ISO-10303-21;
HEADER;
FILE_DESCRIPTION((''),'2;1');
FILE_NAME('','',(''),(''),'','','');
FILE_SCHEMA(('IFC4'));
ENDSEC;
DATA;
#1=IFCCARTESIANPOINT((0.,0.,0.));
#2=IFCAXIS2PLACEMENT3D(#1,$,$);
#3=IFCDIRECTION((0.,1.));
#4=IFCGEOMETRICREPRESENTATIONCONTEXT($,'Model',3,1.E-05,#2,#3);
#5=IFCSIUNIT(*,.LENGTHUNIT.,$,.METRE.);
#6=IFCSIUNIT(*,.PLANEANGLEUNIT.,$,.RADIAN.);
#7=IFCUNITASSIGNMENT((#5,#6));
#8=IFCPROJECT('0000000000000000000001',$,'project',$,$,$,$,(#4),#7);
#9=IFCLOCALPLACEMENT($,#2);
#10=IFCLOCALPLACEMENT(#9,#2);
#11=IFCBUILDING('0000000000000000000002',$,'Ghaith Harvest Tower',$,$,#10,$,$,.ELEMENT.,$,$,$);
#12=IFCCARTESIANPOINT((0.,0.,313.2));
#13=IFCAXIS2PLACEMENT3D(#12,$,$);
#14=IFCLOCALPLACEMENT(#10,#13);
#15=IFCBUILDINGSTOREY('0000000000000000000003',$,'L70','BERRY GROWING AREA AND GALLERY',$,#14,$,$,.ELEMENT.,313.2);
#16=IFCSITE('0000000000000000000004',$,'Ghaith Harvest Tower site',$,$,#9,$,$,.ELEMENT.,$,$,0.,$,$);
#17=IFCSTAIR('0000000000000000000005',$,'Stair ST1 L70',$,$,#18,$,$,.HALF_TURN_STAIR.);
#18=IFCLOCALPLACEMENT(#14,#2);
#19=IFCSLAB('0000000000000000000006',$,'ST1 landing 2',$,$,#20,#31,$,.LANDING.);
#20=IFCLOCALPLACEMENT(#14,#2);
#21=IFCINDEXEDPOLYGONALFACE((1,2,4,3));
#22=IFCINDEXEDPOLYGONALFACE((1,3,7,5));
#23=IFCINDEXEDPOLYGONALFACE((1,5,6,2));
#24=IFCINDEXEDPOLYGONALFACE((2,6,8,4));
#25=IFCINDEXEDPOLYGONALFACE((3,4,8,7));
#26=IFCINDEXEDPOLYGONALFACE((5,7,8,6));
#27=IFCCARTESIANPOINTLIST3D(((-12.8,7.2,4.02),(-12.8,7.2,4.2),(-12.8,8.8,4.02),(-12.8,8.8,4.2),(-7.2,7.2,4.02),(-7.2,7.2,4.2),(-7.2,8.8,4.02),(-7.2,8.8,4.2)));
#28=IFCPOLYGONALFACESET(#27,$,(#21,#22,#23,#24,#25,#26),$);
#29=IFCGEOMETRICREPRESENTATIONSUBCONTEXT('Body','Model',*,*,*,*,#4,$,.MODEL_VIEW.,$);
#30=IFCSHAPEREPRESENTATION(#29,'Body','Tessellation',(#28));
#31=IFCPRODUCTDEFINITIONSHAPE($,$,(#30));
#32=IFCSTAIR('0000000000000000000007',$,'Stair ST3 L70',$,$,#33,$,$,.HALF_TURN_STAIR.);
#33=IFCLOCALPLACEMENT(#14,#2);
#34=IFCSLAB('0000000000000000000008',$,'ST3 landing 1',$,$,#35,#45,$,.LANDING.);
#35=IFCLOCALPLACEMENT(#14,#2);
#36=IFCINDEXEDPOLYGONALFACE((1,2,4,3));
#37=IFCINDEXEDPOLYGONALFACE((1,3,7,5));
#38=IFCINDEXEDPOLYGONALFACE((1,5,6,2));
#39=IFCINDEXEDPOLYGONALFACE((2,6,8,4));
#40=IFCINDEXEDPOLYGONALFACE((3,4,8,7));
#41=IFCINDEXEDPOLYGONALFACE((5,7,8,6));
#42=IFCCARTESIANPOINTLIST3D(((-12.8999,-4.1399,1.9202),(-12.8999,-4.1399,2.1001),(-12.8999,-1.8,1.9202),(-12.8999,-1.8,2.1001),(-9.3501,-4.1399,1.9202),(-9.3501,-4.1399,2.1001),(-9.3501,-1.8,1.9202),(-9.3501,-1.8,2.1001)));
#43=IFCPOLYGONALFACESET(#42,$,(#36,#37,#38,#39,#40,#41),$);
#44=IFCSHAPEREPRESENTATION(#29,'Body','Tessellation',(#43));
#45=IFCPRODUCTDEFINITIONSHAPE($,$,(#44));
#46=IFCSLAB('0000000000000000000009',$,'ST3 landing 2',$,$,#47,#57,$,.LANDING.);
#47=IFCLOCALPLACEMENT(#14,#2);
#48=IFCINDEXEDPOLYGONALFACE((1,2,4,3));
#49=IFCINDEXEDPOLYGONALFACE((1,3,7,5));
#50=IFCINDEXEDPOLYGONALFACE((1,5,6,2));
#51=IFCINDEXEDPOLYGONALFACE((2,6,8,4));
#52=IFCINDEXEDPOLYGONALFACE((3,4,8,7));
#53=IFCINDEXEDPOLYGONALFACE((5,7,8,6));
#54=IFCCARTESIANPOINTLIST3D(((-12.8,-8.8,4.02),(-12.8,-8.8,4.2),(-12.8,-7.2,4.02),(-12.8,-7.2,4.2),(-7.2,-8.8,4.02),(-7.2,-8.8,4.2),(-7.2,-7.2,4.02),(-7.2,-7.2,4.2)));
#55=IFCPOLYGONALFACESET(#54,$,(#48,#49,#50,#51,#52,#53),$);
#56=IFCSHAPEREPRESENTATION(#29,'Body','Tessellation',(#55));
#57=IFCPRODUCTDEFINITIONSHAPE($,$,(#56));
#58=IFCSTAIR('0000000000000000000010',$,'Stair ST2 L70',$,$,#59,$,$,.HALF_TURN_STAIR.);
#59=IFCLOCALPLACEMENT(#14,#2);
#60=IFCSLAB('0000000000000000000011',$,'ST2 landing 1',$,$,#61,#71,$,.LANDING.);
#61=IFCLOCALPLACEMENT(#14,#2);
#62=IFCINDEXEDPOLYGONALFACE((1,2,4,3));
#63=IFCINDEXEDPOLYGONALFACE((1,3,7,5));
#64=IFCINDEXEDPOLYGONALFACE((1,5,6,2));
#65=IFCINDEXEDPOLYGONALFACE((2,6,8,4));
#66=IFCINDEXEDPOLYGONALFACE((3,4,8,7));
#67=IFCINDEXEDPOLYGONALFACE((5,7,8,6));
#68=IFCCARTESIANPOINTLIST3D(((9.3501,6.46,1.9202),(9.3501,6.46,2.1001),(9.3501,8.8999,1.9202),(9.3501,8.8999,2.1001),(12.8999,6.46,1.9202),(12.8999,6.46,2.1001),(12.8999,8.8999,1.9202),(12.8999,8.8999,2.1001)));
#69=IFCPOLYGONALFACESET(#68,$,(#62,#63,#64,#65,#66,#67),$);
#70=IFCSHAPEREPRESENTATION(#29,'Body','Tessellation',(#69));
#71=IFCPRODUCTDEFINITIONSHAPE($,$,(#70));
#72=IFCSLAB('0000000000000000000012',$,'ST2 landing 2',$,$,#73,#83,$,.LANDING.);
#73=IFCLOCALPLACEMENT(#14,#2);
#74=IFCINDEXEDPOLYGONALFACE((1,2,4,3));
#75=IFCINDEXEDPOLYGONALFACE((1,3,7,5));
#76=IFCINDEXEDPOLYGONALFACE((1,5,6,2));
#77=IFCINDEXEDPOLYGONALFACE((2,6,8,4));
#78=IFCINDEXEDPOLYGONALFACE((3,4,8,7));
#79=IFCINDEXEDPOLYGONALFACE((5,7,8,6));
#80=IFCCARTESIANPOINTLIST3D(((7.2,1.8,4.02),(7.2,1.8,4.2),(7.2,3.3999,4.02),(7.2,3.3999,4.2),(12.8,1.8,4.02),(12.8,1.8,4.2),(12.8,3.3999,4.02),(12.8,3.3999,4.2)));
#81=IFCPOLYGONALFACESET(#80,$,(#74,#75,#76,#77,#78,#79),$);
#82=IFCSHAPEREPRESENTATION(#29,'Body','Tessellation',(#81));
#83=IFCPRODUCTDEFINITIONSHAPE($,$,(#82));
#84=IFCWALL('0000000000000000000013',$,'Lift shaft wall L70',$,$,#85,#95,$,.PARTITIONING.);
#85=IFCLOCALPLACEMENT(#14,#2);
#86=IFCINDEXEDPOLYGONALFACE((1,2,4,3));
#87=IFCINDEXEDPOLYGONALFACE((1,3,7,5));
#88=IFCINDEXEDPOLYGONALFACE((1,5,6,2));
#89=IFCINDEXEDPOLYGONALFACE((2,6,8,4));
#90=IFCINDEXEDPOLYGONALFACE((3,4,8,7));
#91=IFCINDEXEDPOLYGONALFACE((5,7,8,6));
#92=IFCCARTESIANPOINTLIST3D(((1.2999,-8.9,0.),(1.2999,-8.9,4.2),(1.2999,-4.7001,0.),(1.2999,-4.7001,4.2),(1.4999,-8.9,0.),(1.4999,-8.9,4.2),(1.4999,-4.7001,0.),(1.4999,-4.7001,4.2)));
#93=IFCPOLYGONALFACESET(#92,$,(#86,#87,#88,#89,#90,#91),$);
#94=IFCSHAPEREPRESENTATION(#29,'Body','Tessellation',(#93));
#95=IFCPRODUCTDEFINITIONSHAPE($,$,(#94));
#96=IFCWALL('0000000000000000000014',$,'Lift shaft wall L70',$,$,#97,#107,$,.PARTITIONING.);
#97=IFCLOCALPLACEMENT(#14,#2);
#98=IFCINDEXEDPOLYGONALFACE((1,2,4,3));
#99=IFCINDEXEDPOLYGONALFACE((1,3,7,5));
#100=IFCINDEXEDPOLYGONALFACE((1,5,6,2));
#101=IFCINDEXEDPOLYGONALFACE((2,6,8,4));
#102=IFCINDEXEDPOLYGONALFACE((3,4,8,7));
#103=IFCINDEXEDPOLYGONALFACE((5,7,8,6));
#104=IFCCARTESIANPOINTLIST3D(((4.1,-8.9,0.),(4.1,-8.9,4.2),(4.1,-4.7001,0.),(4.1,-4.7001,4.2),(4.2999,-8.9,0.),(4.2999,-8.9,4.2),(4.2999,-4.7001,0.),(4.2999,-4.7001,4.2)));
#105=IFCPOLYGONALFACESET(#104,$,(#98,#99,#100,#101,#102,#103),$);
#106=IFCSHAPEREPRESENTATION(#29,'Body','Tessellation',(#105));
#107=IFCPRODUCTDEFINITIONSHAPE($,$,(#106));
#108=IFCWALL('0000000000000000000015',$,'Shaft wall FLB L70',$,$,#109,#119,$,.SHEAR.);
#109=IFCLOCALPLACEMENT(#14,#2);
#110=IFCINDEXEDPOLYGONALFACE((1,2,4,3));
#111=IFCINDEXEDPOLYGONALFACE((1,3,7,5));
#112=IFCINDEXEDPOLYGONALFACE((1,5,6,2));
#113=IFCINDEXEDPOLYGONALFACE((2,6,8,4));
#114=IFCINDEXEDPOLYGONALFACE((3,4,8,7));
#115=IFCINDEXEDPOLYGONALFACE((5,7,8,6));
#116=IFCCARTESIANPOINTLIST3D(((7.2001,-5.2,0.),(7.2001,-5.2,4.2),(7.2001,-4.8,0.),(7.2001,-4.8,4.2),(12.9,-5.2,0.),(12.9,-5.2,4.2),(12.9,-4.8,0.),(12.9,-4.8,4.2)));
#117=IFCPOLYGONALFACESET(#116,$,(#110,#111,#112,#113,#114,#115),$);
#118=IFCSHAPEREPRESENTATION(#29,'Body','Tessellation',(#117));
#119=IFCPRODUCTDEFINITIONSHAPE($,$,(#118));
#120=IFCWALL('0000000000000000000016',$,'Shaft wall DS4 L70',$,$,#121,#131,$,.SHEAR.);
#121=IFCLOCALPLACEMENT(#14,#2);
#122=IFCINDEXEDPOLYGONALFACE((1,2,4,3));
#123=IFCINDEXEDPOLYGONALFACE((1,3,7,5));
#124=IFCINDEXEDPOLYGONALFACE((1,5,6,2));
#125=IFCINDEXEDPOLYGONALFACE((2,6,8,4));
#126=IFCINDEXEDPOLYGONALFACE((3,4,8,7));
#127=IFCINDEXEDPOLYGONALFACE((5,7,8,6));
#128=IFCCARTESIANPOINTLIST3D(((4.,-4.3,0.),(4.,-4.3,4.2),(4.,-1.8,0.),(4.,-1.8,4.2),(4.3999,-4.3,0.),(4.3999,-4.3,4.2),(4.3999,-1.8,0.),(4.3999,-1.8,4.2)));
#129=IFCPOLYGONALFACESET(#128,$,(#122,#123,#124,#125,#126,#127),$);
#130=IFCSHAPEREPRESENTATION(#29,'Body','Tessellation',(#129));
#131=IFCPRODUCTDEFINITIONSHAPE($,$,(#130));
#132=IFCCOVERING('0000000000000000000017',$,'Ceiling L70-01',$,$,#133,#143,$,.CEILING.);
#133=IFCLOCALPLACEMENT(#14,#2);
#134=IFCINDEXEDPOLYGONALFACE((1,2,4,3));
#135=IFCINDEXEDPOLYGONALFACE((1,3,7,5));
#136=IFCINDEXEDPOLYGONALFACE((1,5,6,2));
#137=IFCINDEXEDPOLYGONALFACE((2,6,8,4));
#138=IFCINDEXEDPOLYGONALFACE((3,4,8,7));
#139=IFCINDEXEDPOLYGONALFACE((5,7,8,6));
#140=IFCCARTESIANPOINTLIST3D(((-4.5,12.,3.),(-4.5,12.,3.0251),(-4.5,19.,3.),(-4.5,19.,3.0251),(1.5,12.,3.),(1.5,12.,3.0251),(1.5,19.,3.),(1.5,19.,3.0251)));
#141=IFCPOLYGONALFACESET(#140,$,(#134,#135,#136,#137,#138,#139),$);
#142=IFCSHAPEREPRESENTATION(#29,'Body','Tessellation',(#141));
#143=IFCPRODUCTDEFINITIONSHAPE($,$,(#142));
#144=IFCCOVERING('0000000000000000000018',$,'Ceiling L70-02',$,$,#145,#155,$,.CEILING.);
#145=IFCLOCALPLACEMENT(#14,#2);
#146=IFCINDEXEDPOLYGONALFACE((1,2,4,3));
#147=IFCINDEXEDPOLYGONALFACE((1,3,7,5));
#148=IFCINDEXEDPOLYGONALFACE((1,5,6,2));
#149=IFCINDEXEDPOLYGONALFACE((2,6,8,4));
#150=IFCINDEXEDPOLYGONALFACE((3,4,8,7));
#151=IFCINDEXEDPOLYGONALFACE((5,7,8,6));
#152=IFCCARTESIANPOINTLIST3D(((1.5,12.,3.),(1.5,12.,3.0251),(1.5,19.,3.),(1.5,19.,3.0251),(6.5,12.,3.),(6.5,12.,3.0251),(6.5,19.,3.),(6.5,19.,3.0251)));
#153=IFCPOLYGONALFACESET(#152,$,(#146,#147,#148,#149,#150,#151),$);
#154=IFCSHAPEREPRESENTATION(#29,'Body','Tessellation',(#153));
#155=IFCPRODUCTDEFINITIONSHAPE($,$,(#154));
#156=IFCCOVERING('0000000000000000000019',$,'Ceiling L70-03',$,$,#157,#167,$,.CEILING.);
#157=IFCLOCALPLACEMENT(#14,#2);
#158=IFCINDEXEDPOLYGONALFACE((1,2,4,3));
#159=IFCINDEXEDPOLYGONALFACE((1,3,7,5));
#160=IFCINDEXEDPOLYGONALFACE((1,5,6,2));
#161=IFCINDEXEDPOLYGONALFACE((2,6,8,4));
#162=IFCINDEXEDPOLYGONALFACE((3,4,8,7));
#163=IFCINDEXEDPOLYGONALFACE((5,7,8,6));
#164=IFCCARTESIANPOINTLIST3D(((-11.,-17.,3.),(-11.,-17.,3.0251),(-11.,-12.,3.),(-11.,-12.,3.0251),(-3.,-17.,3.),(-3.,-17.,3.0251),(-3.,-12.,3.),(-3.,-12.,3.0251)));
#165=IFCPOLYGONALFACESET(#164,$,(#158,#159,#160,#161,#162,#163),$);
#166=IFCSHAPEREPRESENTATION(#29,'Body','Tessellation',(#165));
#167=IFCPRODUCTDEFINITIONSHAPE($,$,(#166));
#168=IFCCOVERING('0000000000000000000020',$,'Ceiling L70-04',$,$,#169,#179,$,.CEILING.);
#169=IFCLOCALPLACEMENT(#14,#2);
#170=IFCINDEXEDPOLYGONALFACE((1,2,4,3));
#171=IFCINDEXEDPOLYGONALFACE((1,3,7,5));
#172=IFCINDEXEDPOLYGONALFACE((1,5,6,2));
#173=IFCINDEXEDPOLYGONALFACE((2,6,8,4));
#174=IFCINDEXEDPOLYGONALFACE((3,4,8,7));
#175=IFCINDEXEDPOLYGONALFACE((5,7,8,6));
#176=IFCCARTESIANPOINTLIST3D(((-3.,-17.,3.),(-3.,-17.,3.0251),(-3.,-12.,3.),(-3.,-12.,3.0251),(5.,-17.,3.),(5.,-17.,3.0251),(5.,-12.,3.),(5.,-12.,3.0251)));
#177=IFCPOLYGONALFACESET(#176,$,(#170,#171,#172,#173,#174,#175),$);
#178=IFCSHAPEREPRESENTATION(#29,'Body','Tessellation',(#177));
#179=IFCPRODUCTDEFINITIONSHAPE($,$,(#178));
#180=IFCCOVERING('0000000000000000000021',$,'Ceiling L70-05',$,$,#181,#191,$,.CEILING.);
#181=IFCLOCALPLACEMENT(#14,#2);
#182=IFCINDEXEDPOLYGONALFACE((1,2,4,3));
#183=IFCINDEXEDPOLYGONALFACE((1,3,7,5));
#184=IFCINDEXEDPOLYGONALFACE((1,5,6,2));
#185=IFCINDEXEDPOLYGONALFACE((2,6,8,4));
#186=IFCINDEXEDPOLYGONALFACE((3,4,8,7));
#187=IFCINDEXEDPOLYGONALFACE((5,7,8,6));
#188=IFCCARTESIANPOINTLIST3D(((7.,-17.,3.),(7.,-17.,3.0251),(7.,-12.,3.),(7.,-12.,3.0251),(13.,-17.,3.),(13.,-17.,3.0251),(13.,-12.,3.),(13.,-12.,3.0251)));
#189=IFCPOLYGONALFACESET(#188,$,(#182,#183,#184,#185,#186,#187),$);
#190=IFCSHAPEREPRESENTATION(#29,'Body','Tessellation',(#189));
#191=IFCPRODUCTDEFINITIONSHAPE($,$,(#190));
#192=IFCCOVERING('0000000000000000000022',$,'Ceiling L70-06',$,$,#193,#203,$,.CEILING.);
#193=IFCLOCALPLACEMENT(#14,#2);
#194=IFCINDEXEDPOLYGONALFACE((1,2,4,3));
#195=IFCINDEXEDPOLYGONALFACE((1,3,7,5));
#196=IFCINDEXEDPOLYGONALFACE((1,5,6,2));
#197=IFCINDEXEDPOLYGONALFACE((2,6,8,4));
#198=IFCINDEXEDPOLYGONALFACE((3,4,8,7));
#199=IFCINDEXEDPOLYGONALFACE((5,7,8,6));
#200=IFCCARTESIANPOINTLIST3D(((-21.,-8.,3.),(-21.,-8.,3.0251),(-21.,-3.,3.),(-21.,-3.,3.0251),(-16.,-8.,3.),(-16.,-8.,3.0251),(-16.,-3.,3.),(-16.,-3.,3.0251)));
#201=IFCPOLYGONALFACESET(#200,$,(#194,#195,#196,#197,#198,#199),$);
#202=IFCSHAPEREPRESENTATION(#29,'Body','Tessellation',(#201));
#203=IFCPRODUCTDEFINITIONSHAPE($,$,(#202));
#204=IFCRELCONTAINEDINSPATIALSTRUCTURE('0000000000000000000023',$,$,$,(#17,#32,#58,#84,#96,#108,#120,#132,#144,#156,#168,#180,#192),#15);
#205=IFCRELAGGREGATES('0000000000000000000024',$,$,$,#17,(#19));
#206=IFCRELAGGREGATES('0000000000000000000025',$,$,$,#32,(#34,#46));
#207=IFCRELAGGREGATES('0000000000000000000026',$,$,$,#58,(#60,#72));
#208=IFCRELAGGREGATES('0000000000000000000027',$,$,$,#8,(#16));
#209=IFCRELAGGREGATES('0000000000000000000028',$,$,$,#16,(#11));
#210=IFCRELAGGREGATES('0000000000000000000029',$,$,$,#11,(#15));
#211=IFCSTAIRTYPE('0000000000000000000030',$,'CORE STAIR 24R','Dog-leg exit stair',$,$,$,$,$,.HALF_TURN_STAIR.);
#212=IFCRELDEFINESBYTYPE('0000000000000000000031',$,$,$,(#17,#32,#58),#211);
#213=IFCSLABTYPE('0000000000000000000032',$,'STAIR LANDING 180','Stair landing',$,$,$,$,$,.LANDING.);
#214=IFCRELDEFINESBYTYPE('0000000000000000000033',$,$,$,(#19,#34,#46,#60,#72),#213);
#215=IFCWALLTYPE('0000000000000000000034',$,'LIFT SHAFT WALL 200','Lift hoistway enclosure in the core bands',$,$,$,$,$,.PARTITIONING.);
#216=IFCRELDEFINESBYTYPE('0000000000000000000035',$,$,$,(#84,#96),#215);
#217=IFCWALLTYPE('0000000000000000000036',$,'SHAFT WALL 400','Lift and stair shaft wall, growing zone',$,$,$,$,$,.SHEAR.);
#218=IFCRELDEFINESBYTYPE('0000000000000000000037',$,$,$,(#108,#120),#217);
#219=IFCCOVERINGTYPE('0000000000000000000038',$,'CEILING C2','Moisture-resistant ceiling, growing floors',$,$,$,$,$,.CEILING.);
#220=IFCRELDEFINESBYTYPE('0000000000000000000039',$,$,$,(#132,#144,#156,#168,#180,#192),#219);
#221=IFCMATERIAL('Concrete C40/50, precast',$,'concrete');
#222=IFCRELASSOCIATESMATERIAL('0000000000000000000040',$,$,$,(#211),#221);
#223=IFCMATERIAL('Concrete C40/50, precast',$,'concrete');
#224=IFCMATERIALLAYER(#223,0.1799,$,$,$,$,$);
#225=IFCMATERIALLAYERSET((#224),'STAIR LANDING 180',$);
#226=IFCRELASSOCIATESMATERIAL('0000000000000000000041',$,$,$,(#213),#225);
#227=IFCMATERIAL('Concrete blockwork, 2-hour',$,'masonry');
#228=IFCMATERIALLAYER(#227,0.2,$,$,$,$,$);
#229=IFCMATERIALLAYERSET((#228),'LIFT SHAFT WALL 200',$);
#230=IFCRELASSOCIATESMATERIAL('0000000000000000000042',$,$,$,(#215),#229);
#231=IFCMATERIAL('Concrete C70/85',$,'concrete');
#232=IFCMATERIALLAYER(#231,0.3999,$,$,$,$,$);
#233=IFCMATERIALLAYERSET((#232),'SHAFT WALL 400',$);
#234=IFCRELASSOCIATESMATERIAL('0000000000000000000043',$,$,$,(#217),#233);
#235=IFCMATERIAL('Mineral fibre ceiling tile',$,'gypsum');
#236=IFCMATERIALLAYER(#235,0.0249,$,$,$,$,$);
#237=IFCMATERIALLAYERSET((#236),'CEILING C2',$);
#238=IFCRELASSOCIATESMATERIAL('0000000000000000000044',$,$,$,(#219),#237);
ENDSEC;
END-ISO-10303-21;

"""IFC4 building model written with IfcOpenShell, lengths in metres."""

from ifc_helpers import new_model, si_unit, direction, frame, frame_2d, origin, place, context, subcontext, project, spatial, polyline, rectangle, outline, extrude, material, layer, layer_set, type_object, element, aggregate, save


model = new_model("IFC4")

# Units and contexts
model_context = context("Model", 3, precision=1e-05, world=origin(), true_north=direction((0.0, 1.0)))
body_context = subcontext(model_context, "Body", "Model", "MODEL_VIEW")
ifc_project = project(units=[si_unit("LENGTHUNIT", "METRE"), si_unit("PLANEANGLEUNIT", "RADIAN")], contexts=[model_context])

# Site, building, storey
site_placement = place(None, origin())
site = spatial("IfcSite", under=ifc_project, at=site_placement, Name="Ghaith Harvest Tower site", CompositionType="ELEMENT", RefElevation=0.0)
building_placement = place(site_placement, origin())
building = spatial("IfcBuilding", under=site, at=building_placement, Name="Ghaith Harvest Tower", CompositionType="ELEMENT")
storey_placement = place(building_placement, frame((0.0, 0.0, 313.2)))
storey = spatial("IfcBuildingStorey", under=building, at=storey_placement, Name="L70", Description="BERRY GROWING AREA AND GALLERY", CompositionType="ELEMENT", Elevation=313.2)

# Stair, slab
ifc_material_1 = material(Name="Concrete C40/50, precast", Category="concrete")
stair_type = type_object("IfcStairType", Name="CORE STAIR 24R", Description="Dog-leg exit stair", PredefinedType="HALF_TURN_STAIR", material=ifc_material_1)
stair_1_placement = place(storey_placement, origin())
stair_1 = element("IfcStair", 1, at=stair_1_placement, inside=storey, type_object=stair_type, Name="Stair ST1 L70", PredefinedType="HALF_TURN_STAIR")
ifc_material_2 = material(Name="Concrete C40/50, precast", Category="concrete")
ifc_layer_1 = layer(ifc_material_2, 0.1799)
ifc_layer_set_1 = layer_set([ifc_layer_1], Name="STAIR LANDING 180")
slab_type = type_object("IfcSlabType", Name="STAIR LANDING 180", Description="Stair landing", PredefinedType="LANDING", material=ifc_layer_set_1)
slab_1_placement = place(storey_placement, frame((0.0, 0.0, 4.02)))
slab_1 = element("IfcSlab", 2, at=slab_1_placement, type_object=slab_type, Name="ST1 landing 2", PredefinedType="LANDING", context=body_context, shape_type="SweptSolid", body=[
    extrude(outline(polyline([(-12.8, 8.8), (-12.8, 7.2), (-7.2, 7.2), (-7.2, 8.8), (-12.8, 8.8)])), origin(), (0.0, 0.0, 1.0), 0.1799),
])
aggregate(stair_1, [slab_1])

# Stairs, slabs
stair_2_placement = place(storey_placement, origin())
stair_2 = element("IfcStair", 3, at=stair_2_placement, inside=storey, type_object=stair_type, Name="Stair ST3 L70", PredefinedType="HALF_TURN_STAIR")
slab_2_placement = place(storey_placement, frame((0.0, 0.0, 1.9202)))
slab_2 = element("IfcSlab", 4, at=slab_2_placement, type_object=slab_type, Name="ST3 landing 1", PredefinedType="LANDING", context=body_context, shape_type="SweptSolid", body=[
    extrude(outline(polyline([(-12.8999, -4.1399), (-12.8999, -1.8), (-9.3501, -1.8), (-9.3501, -4.1399), (-12.8999, -4.1399)])), origin(), (0.0, 0.0, 1.0), 0.1799),
])
slab_3_placement = place(storey_placement, frame((0.0, 0.0, 4.02)))
slab_3 = element("IfcSlab", 5, at=slab_3_placement, type_object=slab_type, Name="ST3 landing 2", PredefinedType="LANDING", context=body_context, shape_type="SweptSolid", body=[
    extrude(outline(polyline([(-12.8, -8.8), (-12.8, -7.2), (-7.2, -7.2), (-7.2, -8.8), (-12.8, -8.8)])), origin(), (0.0, 0.0, 1.0), 0.1799),
])
aggregate(stair_2, [slab_2, slab_3])
stair_3_placement = place(storey_placement, origin())
stair_3 = element("IfcStair", 6, at=stair_3_placement, inside=storey, type_object=stair_type, Name="Stair ST2 L70", PredefinedType="HALF_TURN_STAIR")
slab_4_placement = place(storey_placement, frame((0.0, 0.0, 1.9202)))
slab_4 = element("IfcSlab", 7, at=slab_4_placement, type_object=slab_type, Name="ST2 landing 1", PredefinedType="LANDING", context=body_context, shape_type="SweptSolid", body=[
    extrude(outline(polyline([(12.8999, 6.46), (12.8999, 8.8999), (9.3501, 8.8999), (9.3501, 6.46), (12.8999, 6.46)])), origin(), (0.0, 0.0, 1.0), 0.1799),
])
slab_5_placement = place(storey_placement, frame((0.0, 0.0, 4.02)))
slab_5 = element("IfcSlab", 8, at=slab_5_placement, type_object=slab_type, Name="ST2 landing 2", PredefinedType="LANDING", context=body_context, shape_type="SweptSolid", body=[
    extrude(outline(polyline([(12.8, 1.8), (12.8, 3.3999), (7.2, 3.3999), (7.2, 1.8), (12.8, 1.8)])), origin(), (0.0, 0.0, 1.0), 0.1799),
])
aggregate(stair_3, [slab_4, slab_5])

# Walls
ifc_material_3 = material(Name="Concrete blockwork, 2-hour", Category="masonry")
ifc_layer_2 = layer(ifc_material_3, 0.2)
ifc_layer_set_2 = layer_set([ifc_layer_2], Name="LIFT SHAFT WALL 200")
wall_type_1 = type_object("IfcWallType", Name="LIFT SHAFT WALL 200", Description="Lift hoistway enclosure in the core bands", PredefinedType="PARTITIONING", material=ifc_layer_set_2)
for number, where, z_axis, x_axis, name in (
    (9, (1.3999, -4.7, 0.0), (0.0, 0.0, 1.0), (0.0, -1.0, 0.0), "Lift shaft wall L70"),
    (10, (4.2, -4.7, 0.0), (0.0, 0.0, 1.0), (0.0, -1.0, 0.0), "Lift shaft wall L70"),
):
    element("IfcWall", number, at=place(storey_placement, frame(where, z_axis=z_axis, x_axis=x_axis)), inside=storey, type_object=wall_type_1, Name=name, PredefinedType="PARTITIONING", context=body_context, shape_type="SweptSolid", body=[
        extrude(rectangle(XDim=4.2, YDim=0.2, at=frame_2d((2.1001, 0.0))), origin(), (0.0, 0.0, 1.0), 4.2),
    ])

# Shared definitions
ifc_material_4 = material(Name="Concrete C70/85", Category="concrete")
ifc_layer_3 = layer(ifc_material_4, 0.3999)
ifc_layer_set_3 = layer_set([ifc_layer_3], Name="SHAFT WALL 400")
wall_type_2 = type_object("IfcWallType", Name="SHAFT WALL 400", Description="Lift and stair shaft wall, growing zone", PredefinedType="SHEAR", material=ifc_layer_set_3)

# Walls
wall_1_placement = place(storey_placement, frame((7.2, -5.0, 0.0), z_axis=(0.0, 0.0, 1.0), x_axis=(1.0, 0.0, 0.0)))
element("IfcWall", 11, at=wall_1_placement, inside=storey, type_object=wall_type_2, Name="Shaft wall FLB L70", PredefinedType="SHEAR", context=body_context, shape_type="SweptSolid", body=[
    extrude(rectangle(XDim=5.7, YDim=0.3999, at=frame_2d((2.8501, 0.0))), origin(), (0.0, 0.0, 1.0), 4.2),
])
wall_2_placement = place(storey_placement, frame((4.2, -4.3, 0.0), z_axis=(0.0, 0.0, 1.0), x_axis=(0.0, 1.0, 0.0)))
element("IfcWall", 12, at=wall_2_placement, inside=storey, type_object=wall_type_2, Name="Shaft wall DS4 L70", PredefinedType="SHEAR", context=body_context, shape_type="SweptSolid", body=[
    extrude(rectangle(XDim=2.5, YDim=0.3999, at=frame_2d((1.25, 0.0))), origin(), (0.0, 0.0, 1.0), 4.2),
])

# Coverings
ifc_material_5 = material(Name="Mineral fibre ceiling tile", Category="gypsum")
ifc_layer_4 = layer(ifc_material_5, 0.0249)
ifc_layer_set_4 = layer_set([ifc_layer_4], Name="CEILING C2")
covering_type = type_object("IfcCoveringType", Name="CEILING C2", Description="Moisture-resistant ceiling, growing floors", PredefinedType="CEILING", material=ifc_layer_set_4)
covering_1_placement = place(storey_placement, frame((0.0, 0.0, 3.0)))
element("IfcCovering", 13, at=covering_1_placement, inside=storey, type_object=covering_type, Name="Ceiling L70-01", PredefinedType="CEILING", context=body_context, shape_type="SweptSolid", body=[
    extrude(outline(polyline([(-4.5, 12.0), (1.5, 12.0), (1.5, 19.0), (-4.5, 19.0), (-4.5, 12.0)])), origin(), (0.0, 0.0, 1.0), 0.0251),
])
covering_2_placement = place(storey_placement, frame((0.0, 0.0, 3.0)))
element("IfcCovering", 14, at=covering_2_placement, inside=storey, type_object=covering_type, Name="Ceiling L70-02", PredefinedType="CEILING", context=body_context, shape_type="SweptSolid", body=[
    extrude(outline(polyline([(1.5, 12.0), (6.5, 12.0), (6.5, 19.0), (1.5, 19.0), (1.5, 12.0)])), origin(), (0.0, 0.0, 1.0), 0.0251),
])
covering_3_placement = place(storey_placement, frame((0.0, 0.0, 3.0)))
element("IfcCovering", 15, at=covering_3_placement, inside=storey, type_object=covering_type, Name="Ceiling L70-03", PredefinedType="CEILING", context=body_context, shape_type="SweptSolid", body=[
    extrude(outline(polyline([(-11.0, -17.0), (-3.0, -17.0), (-3.0, -12.0), (-11.0, -12.0), (-11.0, -17.0)])), origin(), (0.0, 0.0, 1.0), 0.0251),
])
covering_4_placement = place(storey_placement, frame((0.0, 0.0, 3.0)))
element("IfcCovering", 16, at=covering_4_placement, inside=storey, type_object=covering_type, Name="Ceiling L70-04", PredefinedType="CEILING", context=body_context, shape_type="SweptSolid", body=[
    extrude(outline(polyline([(-3.0, -17.0), (5.0, -17.0), (5.0, -12.0), (-3.0, -12.0), (-3.0, -17.0)])), origin(), (0.0, 0.0, 1.0), 0.0251),
])
covering_5_placement = place(storey_placement, frame((0.0, 0.0, 3.0)))
element("IfcCovering", 17, at=covering_5_placement, inside=storey, type_object=covering_type, Name="Ceiling L70-05", PredefinedType="CEILING", context=body_context, shape_type="SweptSolid", body=[
    extrude(outline(polyline([(7.0, -17.0), (13.0, -17.0), (13.0, -12.0), (7.0, -12.0), (7.0, -17.0)])), origin(), (0.0, 0.0, 1.0), 0.0251),
])
covering_6_placement = place(storey_placement, frame((0.0, 0.0, 3.0)))
element("IfcCovering", 18, at=covering_6_placement, inside=storey, type_object=covering_type, Name="Ceiling L70-06", PredefinedType="CEILING", context=body_context, shape_type="SweptSolid", body=[
    extrude(outline(polyline([(-21.0, -8.0), (-16.0, -8.0), (-16.0, -3.0), (-21.0, -3.0), (-21.0, -8.0)])), origin(), (0.0, 0.0, 1.0), 0.0251),
])

save(model, "model.ifc")
